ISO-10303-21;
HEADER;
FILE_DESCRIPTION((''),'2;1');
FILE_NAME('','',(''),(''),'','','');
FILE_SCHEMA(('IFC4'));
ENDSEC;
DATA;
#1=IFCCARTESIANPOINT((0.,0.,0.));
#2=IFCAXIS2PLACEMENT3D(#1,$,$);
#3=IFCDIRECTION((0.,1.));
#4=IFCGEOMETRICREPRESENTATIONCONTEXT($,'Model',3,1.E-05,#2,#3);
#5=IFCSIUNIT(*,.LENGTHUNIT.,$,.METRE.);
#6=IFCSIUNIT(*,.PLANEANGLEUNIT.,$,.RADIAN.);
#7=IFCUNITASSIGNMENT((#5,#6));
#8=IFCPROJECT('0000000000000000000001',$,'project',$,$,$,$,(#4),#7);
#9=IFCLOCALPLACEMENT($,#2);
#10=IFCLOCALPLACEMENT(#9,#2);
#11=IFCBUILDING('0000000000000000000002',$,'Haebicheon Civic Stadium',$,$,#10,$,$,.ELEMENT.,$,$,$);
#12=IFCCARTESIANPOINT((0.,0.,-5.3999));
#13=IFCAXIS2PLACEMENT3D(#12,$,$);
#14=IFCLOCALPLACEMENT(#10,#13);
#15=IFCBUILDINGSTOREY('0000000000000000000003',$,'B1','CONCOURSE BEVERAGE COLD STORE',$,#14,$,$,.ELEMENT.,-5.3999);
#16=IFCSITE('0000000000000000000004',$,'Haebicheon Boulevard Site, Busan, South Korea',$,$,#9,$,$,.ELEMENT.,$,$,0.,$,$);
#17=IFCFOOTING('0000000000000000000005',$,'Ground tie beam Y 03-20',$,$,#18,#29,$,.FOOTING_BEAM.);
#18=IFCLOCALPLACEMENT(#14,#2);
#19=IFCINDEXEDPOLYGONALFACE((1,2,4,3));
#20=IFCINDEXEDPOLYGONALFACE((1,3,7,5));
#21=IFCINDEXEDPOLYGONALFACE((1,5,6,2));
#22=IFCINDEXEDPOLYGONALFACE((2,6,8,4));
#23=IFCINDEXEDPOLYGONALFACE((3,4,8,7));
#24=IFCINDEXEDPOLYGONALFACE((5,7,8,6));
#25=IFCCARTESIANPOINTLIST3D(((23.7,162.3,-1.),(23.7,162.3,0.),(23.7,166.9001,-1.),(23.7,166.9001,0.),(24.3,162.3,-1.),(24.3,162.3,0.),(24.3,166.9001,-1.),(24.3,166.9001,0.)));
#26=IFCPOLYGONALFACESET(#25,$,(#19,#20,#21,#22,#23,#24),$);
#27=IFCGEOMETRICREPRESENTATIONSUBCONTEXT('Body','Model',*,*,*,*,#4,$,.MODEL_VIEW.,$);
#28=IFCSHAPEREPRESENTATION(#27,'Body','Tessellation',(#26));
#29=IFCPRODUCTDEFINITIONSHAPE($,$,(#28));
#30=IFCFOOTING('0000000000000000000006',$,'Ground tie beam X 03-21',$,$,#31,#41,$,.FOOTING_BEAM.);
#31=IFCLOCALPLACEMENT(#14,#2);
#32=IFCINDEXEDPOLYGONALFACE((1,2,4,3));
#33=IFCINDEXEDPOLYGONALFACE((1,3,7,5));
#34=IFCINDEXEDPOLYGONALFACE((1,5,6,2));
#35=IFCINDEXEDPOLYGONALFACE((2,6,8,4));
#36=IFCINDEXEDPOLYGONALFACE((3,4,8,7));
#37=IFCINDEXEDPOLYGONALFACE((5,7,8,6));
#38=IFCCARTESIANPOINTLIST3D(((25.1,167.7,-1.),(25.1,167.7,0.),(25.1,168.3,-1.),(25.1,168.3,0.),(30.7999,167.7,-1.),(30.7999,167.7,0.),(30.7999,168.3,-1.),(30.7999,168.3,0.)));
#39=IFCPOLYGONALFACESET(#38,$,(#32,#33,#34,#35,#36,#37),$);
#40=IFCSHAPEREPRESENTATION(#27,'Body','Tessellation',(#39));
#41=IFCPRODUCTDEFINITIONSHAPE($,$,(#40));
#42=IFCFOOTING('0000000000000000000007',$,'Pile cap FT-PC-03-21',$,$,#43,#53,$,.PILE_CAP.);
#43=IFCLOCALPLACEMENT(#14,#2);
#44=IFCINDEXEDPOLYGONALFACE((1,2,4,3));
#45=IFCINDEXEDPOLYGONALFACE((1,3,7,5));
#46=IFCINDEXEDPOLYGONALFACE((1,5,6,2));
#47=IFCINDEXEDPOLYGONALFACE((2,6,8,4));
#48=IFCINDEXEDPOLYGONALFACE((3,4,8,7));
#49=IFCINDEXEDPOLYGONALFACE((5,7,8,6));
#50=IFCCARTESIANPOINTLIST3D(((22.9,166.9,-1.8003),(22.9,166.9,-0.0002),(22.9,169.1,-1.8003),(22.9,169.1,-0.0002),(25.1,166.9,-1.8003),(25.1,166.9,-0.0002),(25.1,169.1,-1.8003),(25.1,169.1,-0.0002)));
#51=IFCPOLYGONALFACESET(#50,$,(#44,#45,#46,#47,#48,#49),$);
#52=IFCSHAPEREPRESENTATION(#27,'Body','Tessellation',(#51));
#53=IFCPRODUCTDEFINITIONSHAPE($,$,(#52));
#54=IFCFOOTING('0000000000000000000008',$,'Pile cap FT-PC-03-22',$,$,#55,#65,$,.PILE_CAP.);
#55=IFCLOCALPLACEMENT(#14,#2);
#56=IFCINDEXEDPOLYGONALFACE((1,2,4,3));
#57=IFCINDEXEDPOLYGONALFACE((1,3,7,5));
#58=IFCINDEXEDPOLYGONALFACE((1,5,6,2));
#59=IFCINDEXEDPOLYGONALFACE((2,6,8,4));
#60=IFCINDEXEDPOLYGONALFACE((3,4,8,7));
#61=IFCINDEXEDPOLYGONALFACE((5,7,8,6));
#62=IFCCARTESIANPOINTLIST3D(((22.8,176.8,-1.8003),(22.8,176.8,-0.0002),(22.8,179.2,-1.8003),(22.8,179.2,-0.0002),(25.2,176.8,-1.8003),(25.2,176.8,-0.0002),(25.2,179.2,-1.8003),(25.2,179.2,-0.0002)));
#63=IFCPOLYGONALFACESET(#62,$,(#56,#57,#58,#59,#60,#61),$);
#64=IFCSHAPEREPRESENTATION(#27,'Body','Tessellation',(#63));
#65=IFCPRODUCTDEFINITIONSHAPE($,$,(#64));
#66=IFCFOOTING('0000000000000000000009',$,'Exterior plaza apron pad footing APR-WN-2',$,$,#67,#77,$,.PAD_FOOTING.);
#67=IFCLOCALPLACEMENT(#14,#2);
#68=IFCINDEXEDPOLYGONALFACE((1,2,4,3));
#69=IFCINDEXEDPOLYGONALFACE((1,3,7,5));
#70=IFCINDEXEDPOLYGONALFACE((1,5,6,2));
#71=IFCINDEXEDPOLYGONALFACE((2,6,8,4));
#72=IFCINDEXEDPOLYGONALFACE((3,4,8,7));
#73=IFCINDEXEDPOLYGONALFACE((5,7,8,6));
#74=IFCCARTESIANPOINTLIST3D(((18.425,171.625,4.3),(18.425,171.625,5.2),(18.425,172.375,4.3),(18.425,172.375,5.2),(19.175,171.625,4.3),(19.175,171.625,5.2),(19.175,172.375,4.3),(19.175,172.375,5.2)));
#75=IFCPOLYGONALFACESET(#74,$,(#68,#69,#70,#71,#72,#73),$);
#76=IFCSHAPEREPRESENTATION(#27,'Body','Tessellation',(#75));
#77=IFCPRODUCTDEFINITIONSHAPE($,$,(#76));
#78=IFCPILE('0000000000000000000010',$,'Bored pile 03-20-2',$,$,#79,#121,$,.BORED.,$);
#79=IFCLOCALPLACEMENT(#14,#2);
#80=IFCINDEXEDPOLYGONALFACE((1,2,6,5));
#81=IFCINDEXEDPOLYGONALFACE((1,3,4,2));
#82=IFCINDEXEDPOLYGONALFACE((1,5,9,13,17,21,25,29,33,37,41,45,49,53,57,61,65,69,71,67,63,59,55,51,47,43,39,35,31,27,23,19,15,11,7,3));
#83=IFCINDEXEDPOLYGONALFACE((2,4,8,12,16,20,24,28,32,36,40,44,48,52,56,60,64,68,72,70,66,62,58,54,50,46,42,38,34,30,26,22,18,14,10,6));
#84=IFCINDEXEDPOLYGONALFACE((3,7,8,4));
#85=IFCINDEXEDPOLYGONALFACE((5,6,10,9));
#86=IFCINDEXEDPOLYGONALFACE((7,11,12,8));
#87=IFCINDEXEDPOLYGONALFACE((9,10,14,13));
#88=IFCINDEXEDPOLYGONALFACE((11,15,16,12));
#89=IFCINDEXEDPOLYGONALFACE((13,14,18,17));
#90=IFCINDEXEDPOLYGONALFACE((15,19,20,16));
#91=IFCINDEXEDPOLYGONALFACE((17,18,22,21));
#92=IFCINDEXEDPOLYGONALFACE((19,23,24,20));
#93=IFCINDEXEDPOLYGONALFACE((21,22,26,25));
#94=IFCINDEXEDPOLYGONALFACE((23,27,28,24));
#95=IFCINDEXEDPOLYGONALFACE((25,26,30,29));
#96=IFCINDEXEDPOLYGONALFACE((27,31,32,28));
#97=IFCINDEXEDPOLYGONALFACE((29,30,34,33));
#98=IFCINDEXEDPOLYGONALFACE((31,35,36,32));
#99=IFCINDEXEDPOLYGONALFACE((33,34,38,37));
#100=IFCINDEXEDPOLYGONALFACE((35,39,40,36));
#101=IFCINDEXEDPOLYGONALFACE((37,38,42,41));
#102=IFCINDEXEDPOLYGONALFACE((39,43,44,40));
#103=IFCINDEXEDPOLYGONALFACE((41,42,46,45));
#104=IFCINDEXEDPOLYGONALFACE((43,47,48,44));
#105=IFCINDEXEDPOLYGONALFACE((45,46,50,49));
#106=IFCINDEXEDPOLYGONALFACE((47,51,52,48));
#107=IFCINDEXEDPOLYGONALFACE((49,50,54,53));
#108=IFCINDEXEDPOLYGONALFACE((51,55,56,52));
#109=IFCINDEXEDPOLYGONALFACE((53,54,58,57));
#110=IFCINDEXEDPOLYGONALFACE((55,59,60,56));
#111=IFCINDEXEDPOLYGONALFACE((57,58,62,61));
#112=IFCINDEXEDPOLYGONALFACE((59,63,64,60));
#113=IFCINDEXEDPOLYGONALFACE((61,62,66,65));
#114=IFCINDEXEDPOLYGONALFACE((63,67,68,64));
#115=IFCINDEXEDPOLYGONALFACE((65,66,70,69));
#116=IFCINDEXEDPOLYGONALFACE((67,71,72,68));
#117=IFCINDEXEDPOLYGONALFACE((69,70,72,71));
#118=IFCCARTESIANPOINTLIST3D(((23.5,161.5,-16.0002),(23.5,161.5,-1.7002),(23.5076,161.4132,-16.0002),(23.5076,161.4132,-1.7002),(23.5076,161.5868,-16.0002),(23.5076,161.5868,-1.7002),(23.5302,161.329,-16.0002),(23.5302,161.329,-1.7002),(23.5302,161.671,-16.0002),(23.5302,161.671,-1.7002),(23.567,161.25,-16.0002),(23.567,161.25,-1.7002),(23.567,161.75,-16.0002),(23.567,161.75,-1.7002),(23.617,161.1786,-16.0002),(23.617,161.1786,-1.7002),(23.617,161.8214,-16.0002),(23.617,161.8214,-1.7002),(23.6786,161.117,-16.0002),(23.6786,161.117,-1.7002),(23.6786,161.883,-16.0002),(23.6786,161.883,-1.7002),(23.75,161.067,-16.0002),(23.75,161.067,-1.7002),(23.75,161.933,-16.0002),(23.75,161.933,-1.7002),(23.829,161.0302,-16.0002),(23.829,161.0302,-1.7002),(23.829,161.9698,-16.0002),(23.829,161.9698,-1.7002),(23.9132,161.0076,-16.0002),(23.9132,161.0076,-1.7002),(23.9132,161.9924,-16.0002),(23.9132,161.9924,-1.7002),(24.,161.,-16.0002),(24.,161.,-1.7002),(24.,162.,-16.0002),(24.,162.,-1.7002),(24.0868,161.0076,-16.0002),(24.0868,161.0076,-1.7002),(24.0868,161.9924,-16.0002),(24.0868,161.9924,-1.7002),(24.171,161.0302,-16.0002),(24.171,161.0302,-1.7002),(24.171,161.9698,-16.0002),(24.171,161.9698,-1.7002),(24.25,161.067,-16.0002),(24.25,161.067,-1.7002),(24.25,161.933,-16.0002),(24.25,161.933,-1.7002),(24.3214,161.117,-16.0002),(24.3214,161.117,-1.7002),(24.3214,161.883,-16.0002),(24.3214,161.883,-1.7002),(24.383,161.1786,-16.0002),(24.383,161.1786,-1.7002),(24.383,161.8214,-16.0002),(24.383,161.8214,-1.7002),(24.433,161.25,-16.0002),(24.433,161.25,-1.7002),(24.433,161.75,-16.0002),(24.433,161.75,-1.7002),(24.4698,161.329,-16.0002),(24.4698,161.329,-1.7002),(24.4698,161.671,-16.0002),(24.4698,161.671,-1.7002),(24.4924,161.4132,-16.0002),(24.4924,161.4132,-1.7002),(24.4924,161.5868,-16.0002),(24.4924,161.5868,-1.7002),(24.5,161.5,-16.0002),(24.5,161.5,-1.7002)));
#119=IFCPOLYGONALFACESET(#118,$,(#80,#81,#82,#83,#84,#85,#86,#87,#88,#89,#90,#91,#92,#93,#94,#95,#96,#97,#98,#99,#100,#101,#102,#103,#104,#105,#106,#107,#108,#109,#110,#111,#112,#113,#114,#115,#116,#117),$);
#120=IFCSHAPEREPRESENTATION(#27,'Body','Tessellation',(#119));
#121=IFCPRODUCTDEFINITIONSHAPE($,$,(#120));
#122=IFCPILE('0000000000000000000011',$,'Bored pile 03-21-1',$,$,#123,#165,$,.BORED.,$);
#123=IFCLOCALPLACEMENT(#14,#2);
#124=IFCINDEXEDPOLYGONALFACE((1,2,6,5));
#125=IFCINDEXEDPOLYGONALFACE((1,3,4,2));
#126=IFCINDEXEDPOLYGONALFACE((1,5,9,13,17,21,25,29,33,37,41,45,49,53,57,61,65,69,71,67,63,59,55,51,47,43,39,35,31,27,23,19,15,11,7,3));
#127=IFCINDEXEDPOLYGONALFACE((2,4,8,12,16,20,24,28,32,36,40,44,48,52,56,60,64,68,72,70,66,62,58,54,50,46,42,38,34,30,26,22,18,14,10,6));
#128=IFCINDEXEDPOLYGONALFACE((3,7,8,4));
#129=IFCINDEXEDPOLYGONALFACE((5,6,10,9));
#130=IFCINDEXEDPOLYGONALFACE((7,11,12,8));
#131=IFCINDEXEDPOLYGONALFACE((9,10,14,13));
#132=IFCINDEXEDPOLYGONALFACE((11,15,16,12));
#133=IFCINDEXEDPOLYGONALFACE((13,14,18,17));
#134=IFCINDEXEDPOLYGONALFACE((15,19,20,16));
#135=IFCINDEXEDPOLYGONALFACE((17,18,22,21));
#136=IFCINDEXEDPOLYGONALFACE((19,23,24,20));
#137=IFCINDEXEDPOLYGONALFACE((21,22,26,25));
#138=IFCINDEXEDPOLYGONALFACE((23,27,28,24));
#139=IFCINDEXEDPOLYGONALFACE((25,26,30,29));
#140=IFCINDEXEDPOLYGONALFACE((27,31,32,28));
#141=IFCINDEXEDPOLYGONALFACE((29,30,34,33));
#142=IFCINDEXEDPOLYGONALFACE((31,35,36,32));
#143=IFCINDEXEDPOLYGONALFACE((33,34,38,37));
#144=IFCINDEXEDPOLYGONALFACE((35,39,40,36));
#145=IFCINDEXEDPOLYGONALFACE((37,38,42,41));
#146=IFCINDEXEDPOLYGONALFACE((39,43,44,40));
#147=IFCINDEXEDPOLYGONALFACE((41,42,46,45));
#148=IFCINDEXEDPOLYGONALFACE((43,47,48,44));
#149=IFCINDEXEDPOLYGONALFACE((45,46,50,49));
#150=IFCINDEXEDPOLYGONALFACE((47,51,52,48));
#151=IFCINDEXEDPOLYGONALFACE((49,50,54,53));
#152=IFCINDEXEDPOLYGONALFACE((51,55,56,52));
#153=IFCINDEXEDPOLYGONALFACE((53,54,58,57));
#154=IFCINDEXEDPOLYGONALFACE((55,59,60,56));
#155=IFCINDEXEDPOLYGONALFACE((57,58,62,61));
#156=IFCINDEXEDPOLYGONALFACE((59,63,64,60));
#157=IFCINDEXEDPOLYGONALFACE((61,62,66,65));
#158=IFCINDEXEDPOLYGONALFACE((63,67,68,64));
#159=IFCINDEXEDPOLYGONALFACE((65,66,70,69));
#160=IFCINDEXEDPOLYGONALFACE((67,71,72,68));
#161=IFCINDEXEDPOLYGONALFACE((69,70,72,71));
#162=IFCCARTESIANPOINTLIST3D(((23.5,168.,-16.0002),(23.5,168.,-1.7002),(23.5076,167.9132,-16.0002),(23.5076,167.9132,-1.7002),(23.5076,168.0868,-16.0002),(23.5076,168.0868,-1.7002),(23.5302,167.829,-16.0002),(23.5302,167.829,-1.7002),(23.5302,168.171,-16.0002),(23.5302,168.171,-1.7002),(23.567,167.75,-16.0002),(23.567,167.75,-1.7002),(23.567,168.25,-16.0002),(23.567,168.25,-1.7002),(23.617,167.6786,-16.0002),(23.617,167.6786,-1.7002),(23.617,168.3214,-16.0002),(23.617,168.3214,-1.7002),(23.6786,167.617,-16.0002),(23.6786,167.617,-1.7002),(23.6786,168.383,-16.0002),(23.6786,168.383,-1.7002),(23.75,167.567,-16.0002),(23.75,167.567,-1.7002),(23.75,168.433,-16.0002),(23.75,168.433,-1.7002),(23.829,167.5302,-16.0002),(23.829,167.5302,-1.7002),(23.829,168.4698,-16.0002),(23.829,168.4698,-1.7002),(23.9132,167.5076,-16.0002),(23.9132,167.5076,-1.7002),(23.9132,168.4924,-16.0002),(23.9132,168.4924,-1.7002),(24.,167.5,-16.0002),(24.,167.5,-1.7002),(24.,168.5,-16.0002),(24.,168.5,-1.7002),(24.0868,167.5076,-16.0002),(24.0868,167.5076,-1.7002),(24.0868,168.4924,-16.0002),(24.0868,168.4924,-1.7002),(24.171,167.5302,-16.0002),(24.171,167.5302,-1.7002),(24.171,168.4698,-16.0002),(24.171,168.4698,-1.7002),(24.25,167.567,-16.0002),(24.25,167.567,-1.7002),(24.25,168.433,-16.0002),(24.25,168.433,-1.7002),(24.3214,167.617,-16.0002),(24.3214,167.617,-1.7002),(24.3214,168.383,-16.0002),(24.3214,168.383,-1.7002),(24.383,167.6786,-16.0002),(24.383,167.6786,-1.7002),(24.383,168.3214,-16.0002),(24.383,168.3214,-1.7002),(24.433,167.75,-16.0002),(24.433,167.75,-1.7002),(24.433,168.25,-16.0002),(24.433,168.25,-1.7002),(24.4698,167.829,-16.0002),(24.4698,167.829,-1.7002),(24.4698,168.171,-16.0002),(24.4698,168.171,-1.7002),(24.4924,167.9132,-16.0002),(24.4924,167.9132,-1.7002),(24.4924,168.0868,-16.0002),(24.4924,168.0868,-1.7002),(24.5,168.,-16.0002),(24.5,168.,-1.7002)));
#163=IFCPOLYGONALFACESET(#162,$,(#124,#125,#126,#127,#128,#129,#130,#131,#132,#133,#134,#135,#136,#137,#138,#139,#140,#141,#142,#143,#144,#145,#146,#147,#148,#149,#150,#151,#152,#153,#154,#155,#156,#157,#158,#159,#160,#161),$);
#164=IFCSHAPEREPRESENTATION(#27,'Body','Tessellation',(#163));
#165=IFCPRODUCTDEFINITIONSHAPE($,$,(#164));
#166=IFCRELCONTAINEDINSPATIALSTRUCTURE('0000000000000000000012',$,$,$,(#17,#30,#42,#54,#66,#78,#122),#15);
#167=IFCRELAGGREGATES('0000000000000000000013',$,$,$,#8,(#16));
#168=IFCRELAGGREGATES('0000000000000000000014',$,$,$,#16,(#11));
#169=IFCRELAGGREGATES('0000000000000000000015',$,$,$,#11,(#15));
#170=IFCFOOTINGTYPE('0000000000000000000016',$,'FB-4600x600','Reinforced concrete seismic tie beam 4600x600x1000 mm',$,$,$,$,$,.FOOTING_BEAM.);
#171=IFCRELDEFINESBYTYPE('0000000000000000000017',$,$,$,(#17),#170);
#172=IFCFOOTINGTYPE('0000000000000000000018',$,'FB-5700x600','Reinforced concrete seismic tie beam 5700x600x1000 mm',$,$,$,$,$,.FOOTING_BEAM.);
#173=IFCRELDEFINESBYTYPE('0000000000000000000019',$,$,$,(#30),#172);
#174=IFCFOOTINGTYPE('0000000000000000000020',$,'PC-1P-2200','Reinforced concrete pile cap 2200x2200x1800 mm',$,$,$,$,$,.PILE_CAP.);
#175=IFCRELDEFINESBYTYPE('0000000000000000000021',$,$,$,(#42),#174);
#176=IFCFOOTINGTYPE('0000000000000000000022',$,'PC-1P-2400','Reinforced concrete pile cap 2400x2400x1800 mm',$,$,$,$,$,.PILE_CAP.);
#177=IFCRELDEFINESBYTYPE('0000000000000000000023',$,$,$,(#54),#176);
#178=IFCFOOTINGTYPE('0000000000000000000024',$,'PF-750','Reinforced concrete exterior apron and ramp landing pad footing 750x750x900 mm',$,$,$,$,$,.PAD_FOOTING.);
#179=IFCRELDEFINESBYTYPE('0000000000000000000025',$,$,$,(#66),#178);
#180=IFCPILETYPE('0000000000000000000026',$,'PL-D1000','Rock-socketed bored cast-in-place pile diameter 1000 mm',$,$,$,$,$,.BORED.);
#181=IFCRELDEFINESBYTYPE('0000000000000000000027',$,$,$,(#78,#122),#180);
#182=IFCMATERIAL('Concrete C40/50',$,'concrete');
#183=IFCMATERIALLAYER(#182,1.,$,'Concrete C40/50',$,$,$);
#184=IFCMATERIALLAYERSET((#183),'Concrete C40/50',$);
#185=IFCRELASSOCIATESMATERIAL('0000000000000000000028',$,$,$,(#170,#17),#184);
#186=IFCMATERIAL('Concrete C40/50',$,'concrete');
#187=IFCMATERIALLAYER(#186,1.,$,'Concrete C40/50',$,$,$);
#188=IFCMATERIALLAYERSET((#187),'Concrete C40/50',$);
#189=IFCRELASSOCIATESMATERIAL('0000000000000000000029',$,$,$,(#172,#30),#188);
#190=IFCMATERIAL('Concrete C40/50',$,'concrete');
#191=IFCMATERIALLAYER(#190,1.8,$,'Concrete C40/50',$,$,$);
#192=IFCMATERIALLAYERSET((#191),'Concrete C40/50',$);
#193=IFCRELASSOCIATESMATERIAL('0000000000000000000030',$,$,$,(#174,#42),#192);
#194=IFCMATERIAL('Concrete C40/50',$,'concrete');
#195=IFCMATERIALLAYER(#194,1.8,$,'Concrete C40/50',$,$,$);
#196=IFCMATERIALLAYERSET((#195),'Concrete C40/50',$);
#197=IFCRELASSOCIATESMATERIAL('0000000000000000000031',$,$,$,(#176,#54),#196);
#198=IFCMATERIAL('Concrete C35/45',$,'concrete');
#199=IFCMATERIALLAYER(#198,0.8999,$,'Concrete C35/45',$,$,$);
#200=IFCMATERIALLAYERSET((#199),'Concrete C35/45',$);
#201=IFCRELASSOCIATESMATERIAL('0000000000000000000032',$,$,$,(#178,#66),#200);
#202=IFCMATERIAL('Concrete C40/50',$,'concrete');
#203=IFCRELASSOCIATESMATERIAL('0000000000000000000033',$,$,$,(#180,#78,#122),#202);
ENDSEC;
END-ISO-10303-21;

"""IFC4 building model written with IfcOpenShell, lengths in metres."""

from ifc_helpers import new_model, si_unit, direction, frame, origin, origin_2d, place, context, subcontext, project, spatial, rectangle, circle, extrude, material, layer, layer_set, material_profile, profile_set, type_object, element, save


model = new_model("IFC4")

# Units and contexts
model_context = context("Model", 3, precision=1e-05, world=origin(), true_north=direction((0.0, 1.0)))
body_context = subcontext(model_context, "Body", "Model", "MODEL_VIEW")
ifc_project = project(units=[si_unit("LENGTHUNIT", "METRE"), si_unit("PLANEANGLEUNIT", "RADIAN")], contexts=[model_context])

# Site, building, storey
site_placement = place(None, origin())
site = spatial("IfcSite", under=ifc_project, at=site_placement, Name="Haebicheon Boulevard Site, Busan, South Korea", CompositionType="ELEMENT", RefElevation=0.0)
building_placement = place(site_placement, origin())
building = spatial("IfcBuilding", under=site, at=building_placement, Name="Haebicheon Civic Stadium", CompositionType="ELEMENT")
storey_placement = place(building_placement, frame((0.0, 0.0, -5.3999)))
storey = spatial("IfcBuildingStorey", under=building, at=storey_placement, Name="B1", Description="CONCOURSE BEVERAGE COLD STORE", CompositionType="ELEMENT", Elevation=-5.3999)

# Footings
ifc_material_1 = material(Name="Concrete C40/50", Category="concrete")
ifc_layer_1 = layer(ifc_material_1, 1.0, Name="Concrete C40/50")
ifc_layer_set_1 = layer_set([ifc_layer_1], Name="Concrete C40/50")
footing_type_1 = type_object("IfcFootingType", Name="FB-4600x600", Description="Reinforced concrete seismic tie beam 4600x600x1000 mm", PredefinedType="FOOTING_BEAM", material=ifc_layer_set_1)
footing_1_placement = place(storey_placement, frame((24.0, 164.6001, -1.0), z_axis=(0.0, 0.0, 1.0), x_axis=(0.0, 1.0, 0.0)))
element("IfcFooting", 1, at=footing_1_placement, inside=storey, type_object=footing_type_1, material=ifc_layer_set_1, Name="Ground tie beam Y 03-20", PredefinedType="FOOTING_BEAM", context=body_context, shape_type="SweptSolid", body=[
    extrude(rectangle(XDim=4.6001, YDim=0.6001, at=origin_2d()), origin(), (0.0, 0.0, 1.0), 1.0),
])
ifc_material_2 = material(Name="Concrete C40/50", Category="concrete")
ifc_layer_2 = layer(ifc_material_2, 1.0, Name="Concrete C40/50")
ifc_layer_set_2 = layer_set([ifc_layer_2], Name="Concrete C40/50")
footing_type_2 = type_object("IfcFootingType", Name="FB-5700x600", Description="Reinforced concrete seismic tie beam 5700x600x1000 mm", PredefinedType="FOOTING_BEAM", material=ifc_layer_set_2)
footing_2_placement = place(storey_placement, frame((27.95, 168.0, -1.0), z_axis=(0.0, 0.0, 1.0), x_axis=(1.0, 0.0, 0.0)))
element("IfcFooting", 2, at=footing_2_placement, inside=storey, type_object=footing_type_2, material=ifc_layer_set_2, Name="Ground tie beam X 03-21", PredefinedType="FOOTING_BEAM", context=body_context, shape_type="SweptSolid", body=[
    extrude(rectangle(XDim=5.7, YDim=0.6001, at=origin_2d()), origin(), (0.0, 0.0, 1.0), 1.0),
])
ifc_material_3 = material(Name="Concrete C40/50", Category="concrete")
ifc_layer_3 = layer(ifc_material_3, 1.8, Name="Concrete C40/50")
ifc_layer_set_3 = layer_set([ifc_layer_3], Name="Concrete C40/50")
footing_type_3 = type_object("IfcFootingType", Name="PC-1P-2200", Description="Reinforced concrete pile cap 2200x2200x1800 mm", PredefinedType="PILE_CAP", material=ifc_layer_set_3)
footing_3_placement = place(storey_placement, frame((24.0, 168.0, -1.8003), z_axis=(0.0, 0.0, 1.0), x_axis=(1.0, 0.0, 0.0)))
element("IfcFooting", 3, at=footing_3_placement, inside=storey, type_object=footing_type_3, material=ifc_layer_set_3, Name="Pile cap FT-PC-03-21", PredefinedType="PILE_CAP", context=body_context, shape_type="SweptSolid", body=[
    extrude(rectangle(XDim=2.2, YDim=2.2, at=origin_2d()), origin(), (0.0, 0.0, 1.0), 1.8),
])
ifc_material_4 = material(Name="Concrete C40/50", Category="concrete")
ifc_layer_4 = layer(ifc_material_4, 1.8, Name="Concrete C40/50")
ifc_layer_set_4 = layer_set([ifc_layer_4], Name="Concrete C40/50")
footing_type_4 = type_object("IfcFootingType", Name="PC-1P-2400", Description="Reinforced concrete pile cap 2400x2400x1800 mm", PredefinedType="PILE_CAP", material=ifc_layer_set_4)
footing_4_placement = place(storey_placement, frame((24.0, 178.0, -1.8003), z_axis=(0.0, 0.0, 1.0), x_axis=(1.0, 0.0, 0.0)))
element("IfcFooting", 4, at=footing_4_placement, inside=storey, type_object=footing_type_4, material=ifc_layer_set_4, Name="Pile cap FT-PC-03-22", PredefinedType="PILE_CAP", context=body_context, shape_type="SweptSolid", body=[
    extrude(rectangle(XDim=2.3999, YDim=2.3999, at=origin_2d()), origin(), (0.0, 0.0, 1.0), 1.8),
])
ifc_material_5 = material(Name="Concrete C35/45", Category="concrete")
ifc_layer_5 = layer(ifc_material_5, 0.8999, Name="Concrete C35/45")
ifc_layer_set_5 = layer_set([ifc_layer_5], Name="Concrete C35/45")
footing_type_5 = type_object("IfcFootingType", Name="PF-750", Description="Reinforced concrete exterior apron and ramp landing pad footing 750x750x900 mm", PredefinedType="PAD_FOOTING", material=ifc_layer_set_5)
footing_5_placement = place(storey_placement, frame((18.8, 172.0, 4.3), z_axis=(0.0, 0.0, 1.0), x_axis=(1.0, 0.0, 0.0)))
element("IfcFooting", 5, at=footing_5_placement, inside=storey, type_object=footing_type_5, material=ifc_layer_set_5, Name="Exterior plaza apron pad footing APR-WN-2", PredefinedType="PAD_FOOTING", context=body_context, shape_type="SweptSolid", body=[
    extrude(rectangle(XDim=0.75, YDim=0.75, at=origin_2d()), origin(), (0.0, 0.0, 1.0), 0.8999),
])

# Piles
ifc_material_6 = material(Name="Concrete C40/50", Category="concrete")
ifc_material_profile_1 = material_profile(ifc_material_6, circle(Radius=0.5, at=origin_2d()), Name="PILE-D1000")
ifc_profile_set_1 = profile_set([ifc_material_profile_1], Name="Concrete C40/50")
pile_type_1 = type_object("IfcPileType", Name="PL-D1000", Description="Rock-socketed bored cast-in-place pile diameter 1000 mm", PredefinedType="BORED", material=ifc_profile_set_1)
for number, where, z_axis, x_axis, name in (
    (6, (24.0, 161.5, -1.7002), (0.0, 0.0, -1.0), (1.0, 0.0, 0.0), "Bored pile 03-20-2"),
    (7, (24.0, 168.0, -1.7002), (0.0, 0.0, -1.0), (1.0, 0.0, 0.0), "Bored pile 03-21-1"),
):
    element("IfcPile", number, at=place(storey_placement, frame(where, z_axis=z_axis, x_axis=x_axis)), inside=storey, type_object=pile_type_1, material=ifc_profile_set_1, Name=name, PredefinedType="BORED", context=body_context, shape_type="SweptSolid", body=[
        extrude(circle(Radius=0.5, at=origin_2d()), origin(), (0.0, 0.0, 1.0), 14.3),
    ])

save(model, "model.ifc")
